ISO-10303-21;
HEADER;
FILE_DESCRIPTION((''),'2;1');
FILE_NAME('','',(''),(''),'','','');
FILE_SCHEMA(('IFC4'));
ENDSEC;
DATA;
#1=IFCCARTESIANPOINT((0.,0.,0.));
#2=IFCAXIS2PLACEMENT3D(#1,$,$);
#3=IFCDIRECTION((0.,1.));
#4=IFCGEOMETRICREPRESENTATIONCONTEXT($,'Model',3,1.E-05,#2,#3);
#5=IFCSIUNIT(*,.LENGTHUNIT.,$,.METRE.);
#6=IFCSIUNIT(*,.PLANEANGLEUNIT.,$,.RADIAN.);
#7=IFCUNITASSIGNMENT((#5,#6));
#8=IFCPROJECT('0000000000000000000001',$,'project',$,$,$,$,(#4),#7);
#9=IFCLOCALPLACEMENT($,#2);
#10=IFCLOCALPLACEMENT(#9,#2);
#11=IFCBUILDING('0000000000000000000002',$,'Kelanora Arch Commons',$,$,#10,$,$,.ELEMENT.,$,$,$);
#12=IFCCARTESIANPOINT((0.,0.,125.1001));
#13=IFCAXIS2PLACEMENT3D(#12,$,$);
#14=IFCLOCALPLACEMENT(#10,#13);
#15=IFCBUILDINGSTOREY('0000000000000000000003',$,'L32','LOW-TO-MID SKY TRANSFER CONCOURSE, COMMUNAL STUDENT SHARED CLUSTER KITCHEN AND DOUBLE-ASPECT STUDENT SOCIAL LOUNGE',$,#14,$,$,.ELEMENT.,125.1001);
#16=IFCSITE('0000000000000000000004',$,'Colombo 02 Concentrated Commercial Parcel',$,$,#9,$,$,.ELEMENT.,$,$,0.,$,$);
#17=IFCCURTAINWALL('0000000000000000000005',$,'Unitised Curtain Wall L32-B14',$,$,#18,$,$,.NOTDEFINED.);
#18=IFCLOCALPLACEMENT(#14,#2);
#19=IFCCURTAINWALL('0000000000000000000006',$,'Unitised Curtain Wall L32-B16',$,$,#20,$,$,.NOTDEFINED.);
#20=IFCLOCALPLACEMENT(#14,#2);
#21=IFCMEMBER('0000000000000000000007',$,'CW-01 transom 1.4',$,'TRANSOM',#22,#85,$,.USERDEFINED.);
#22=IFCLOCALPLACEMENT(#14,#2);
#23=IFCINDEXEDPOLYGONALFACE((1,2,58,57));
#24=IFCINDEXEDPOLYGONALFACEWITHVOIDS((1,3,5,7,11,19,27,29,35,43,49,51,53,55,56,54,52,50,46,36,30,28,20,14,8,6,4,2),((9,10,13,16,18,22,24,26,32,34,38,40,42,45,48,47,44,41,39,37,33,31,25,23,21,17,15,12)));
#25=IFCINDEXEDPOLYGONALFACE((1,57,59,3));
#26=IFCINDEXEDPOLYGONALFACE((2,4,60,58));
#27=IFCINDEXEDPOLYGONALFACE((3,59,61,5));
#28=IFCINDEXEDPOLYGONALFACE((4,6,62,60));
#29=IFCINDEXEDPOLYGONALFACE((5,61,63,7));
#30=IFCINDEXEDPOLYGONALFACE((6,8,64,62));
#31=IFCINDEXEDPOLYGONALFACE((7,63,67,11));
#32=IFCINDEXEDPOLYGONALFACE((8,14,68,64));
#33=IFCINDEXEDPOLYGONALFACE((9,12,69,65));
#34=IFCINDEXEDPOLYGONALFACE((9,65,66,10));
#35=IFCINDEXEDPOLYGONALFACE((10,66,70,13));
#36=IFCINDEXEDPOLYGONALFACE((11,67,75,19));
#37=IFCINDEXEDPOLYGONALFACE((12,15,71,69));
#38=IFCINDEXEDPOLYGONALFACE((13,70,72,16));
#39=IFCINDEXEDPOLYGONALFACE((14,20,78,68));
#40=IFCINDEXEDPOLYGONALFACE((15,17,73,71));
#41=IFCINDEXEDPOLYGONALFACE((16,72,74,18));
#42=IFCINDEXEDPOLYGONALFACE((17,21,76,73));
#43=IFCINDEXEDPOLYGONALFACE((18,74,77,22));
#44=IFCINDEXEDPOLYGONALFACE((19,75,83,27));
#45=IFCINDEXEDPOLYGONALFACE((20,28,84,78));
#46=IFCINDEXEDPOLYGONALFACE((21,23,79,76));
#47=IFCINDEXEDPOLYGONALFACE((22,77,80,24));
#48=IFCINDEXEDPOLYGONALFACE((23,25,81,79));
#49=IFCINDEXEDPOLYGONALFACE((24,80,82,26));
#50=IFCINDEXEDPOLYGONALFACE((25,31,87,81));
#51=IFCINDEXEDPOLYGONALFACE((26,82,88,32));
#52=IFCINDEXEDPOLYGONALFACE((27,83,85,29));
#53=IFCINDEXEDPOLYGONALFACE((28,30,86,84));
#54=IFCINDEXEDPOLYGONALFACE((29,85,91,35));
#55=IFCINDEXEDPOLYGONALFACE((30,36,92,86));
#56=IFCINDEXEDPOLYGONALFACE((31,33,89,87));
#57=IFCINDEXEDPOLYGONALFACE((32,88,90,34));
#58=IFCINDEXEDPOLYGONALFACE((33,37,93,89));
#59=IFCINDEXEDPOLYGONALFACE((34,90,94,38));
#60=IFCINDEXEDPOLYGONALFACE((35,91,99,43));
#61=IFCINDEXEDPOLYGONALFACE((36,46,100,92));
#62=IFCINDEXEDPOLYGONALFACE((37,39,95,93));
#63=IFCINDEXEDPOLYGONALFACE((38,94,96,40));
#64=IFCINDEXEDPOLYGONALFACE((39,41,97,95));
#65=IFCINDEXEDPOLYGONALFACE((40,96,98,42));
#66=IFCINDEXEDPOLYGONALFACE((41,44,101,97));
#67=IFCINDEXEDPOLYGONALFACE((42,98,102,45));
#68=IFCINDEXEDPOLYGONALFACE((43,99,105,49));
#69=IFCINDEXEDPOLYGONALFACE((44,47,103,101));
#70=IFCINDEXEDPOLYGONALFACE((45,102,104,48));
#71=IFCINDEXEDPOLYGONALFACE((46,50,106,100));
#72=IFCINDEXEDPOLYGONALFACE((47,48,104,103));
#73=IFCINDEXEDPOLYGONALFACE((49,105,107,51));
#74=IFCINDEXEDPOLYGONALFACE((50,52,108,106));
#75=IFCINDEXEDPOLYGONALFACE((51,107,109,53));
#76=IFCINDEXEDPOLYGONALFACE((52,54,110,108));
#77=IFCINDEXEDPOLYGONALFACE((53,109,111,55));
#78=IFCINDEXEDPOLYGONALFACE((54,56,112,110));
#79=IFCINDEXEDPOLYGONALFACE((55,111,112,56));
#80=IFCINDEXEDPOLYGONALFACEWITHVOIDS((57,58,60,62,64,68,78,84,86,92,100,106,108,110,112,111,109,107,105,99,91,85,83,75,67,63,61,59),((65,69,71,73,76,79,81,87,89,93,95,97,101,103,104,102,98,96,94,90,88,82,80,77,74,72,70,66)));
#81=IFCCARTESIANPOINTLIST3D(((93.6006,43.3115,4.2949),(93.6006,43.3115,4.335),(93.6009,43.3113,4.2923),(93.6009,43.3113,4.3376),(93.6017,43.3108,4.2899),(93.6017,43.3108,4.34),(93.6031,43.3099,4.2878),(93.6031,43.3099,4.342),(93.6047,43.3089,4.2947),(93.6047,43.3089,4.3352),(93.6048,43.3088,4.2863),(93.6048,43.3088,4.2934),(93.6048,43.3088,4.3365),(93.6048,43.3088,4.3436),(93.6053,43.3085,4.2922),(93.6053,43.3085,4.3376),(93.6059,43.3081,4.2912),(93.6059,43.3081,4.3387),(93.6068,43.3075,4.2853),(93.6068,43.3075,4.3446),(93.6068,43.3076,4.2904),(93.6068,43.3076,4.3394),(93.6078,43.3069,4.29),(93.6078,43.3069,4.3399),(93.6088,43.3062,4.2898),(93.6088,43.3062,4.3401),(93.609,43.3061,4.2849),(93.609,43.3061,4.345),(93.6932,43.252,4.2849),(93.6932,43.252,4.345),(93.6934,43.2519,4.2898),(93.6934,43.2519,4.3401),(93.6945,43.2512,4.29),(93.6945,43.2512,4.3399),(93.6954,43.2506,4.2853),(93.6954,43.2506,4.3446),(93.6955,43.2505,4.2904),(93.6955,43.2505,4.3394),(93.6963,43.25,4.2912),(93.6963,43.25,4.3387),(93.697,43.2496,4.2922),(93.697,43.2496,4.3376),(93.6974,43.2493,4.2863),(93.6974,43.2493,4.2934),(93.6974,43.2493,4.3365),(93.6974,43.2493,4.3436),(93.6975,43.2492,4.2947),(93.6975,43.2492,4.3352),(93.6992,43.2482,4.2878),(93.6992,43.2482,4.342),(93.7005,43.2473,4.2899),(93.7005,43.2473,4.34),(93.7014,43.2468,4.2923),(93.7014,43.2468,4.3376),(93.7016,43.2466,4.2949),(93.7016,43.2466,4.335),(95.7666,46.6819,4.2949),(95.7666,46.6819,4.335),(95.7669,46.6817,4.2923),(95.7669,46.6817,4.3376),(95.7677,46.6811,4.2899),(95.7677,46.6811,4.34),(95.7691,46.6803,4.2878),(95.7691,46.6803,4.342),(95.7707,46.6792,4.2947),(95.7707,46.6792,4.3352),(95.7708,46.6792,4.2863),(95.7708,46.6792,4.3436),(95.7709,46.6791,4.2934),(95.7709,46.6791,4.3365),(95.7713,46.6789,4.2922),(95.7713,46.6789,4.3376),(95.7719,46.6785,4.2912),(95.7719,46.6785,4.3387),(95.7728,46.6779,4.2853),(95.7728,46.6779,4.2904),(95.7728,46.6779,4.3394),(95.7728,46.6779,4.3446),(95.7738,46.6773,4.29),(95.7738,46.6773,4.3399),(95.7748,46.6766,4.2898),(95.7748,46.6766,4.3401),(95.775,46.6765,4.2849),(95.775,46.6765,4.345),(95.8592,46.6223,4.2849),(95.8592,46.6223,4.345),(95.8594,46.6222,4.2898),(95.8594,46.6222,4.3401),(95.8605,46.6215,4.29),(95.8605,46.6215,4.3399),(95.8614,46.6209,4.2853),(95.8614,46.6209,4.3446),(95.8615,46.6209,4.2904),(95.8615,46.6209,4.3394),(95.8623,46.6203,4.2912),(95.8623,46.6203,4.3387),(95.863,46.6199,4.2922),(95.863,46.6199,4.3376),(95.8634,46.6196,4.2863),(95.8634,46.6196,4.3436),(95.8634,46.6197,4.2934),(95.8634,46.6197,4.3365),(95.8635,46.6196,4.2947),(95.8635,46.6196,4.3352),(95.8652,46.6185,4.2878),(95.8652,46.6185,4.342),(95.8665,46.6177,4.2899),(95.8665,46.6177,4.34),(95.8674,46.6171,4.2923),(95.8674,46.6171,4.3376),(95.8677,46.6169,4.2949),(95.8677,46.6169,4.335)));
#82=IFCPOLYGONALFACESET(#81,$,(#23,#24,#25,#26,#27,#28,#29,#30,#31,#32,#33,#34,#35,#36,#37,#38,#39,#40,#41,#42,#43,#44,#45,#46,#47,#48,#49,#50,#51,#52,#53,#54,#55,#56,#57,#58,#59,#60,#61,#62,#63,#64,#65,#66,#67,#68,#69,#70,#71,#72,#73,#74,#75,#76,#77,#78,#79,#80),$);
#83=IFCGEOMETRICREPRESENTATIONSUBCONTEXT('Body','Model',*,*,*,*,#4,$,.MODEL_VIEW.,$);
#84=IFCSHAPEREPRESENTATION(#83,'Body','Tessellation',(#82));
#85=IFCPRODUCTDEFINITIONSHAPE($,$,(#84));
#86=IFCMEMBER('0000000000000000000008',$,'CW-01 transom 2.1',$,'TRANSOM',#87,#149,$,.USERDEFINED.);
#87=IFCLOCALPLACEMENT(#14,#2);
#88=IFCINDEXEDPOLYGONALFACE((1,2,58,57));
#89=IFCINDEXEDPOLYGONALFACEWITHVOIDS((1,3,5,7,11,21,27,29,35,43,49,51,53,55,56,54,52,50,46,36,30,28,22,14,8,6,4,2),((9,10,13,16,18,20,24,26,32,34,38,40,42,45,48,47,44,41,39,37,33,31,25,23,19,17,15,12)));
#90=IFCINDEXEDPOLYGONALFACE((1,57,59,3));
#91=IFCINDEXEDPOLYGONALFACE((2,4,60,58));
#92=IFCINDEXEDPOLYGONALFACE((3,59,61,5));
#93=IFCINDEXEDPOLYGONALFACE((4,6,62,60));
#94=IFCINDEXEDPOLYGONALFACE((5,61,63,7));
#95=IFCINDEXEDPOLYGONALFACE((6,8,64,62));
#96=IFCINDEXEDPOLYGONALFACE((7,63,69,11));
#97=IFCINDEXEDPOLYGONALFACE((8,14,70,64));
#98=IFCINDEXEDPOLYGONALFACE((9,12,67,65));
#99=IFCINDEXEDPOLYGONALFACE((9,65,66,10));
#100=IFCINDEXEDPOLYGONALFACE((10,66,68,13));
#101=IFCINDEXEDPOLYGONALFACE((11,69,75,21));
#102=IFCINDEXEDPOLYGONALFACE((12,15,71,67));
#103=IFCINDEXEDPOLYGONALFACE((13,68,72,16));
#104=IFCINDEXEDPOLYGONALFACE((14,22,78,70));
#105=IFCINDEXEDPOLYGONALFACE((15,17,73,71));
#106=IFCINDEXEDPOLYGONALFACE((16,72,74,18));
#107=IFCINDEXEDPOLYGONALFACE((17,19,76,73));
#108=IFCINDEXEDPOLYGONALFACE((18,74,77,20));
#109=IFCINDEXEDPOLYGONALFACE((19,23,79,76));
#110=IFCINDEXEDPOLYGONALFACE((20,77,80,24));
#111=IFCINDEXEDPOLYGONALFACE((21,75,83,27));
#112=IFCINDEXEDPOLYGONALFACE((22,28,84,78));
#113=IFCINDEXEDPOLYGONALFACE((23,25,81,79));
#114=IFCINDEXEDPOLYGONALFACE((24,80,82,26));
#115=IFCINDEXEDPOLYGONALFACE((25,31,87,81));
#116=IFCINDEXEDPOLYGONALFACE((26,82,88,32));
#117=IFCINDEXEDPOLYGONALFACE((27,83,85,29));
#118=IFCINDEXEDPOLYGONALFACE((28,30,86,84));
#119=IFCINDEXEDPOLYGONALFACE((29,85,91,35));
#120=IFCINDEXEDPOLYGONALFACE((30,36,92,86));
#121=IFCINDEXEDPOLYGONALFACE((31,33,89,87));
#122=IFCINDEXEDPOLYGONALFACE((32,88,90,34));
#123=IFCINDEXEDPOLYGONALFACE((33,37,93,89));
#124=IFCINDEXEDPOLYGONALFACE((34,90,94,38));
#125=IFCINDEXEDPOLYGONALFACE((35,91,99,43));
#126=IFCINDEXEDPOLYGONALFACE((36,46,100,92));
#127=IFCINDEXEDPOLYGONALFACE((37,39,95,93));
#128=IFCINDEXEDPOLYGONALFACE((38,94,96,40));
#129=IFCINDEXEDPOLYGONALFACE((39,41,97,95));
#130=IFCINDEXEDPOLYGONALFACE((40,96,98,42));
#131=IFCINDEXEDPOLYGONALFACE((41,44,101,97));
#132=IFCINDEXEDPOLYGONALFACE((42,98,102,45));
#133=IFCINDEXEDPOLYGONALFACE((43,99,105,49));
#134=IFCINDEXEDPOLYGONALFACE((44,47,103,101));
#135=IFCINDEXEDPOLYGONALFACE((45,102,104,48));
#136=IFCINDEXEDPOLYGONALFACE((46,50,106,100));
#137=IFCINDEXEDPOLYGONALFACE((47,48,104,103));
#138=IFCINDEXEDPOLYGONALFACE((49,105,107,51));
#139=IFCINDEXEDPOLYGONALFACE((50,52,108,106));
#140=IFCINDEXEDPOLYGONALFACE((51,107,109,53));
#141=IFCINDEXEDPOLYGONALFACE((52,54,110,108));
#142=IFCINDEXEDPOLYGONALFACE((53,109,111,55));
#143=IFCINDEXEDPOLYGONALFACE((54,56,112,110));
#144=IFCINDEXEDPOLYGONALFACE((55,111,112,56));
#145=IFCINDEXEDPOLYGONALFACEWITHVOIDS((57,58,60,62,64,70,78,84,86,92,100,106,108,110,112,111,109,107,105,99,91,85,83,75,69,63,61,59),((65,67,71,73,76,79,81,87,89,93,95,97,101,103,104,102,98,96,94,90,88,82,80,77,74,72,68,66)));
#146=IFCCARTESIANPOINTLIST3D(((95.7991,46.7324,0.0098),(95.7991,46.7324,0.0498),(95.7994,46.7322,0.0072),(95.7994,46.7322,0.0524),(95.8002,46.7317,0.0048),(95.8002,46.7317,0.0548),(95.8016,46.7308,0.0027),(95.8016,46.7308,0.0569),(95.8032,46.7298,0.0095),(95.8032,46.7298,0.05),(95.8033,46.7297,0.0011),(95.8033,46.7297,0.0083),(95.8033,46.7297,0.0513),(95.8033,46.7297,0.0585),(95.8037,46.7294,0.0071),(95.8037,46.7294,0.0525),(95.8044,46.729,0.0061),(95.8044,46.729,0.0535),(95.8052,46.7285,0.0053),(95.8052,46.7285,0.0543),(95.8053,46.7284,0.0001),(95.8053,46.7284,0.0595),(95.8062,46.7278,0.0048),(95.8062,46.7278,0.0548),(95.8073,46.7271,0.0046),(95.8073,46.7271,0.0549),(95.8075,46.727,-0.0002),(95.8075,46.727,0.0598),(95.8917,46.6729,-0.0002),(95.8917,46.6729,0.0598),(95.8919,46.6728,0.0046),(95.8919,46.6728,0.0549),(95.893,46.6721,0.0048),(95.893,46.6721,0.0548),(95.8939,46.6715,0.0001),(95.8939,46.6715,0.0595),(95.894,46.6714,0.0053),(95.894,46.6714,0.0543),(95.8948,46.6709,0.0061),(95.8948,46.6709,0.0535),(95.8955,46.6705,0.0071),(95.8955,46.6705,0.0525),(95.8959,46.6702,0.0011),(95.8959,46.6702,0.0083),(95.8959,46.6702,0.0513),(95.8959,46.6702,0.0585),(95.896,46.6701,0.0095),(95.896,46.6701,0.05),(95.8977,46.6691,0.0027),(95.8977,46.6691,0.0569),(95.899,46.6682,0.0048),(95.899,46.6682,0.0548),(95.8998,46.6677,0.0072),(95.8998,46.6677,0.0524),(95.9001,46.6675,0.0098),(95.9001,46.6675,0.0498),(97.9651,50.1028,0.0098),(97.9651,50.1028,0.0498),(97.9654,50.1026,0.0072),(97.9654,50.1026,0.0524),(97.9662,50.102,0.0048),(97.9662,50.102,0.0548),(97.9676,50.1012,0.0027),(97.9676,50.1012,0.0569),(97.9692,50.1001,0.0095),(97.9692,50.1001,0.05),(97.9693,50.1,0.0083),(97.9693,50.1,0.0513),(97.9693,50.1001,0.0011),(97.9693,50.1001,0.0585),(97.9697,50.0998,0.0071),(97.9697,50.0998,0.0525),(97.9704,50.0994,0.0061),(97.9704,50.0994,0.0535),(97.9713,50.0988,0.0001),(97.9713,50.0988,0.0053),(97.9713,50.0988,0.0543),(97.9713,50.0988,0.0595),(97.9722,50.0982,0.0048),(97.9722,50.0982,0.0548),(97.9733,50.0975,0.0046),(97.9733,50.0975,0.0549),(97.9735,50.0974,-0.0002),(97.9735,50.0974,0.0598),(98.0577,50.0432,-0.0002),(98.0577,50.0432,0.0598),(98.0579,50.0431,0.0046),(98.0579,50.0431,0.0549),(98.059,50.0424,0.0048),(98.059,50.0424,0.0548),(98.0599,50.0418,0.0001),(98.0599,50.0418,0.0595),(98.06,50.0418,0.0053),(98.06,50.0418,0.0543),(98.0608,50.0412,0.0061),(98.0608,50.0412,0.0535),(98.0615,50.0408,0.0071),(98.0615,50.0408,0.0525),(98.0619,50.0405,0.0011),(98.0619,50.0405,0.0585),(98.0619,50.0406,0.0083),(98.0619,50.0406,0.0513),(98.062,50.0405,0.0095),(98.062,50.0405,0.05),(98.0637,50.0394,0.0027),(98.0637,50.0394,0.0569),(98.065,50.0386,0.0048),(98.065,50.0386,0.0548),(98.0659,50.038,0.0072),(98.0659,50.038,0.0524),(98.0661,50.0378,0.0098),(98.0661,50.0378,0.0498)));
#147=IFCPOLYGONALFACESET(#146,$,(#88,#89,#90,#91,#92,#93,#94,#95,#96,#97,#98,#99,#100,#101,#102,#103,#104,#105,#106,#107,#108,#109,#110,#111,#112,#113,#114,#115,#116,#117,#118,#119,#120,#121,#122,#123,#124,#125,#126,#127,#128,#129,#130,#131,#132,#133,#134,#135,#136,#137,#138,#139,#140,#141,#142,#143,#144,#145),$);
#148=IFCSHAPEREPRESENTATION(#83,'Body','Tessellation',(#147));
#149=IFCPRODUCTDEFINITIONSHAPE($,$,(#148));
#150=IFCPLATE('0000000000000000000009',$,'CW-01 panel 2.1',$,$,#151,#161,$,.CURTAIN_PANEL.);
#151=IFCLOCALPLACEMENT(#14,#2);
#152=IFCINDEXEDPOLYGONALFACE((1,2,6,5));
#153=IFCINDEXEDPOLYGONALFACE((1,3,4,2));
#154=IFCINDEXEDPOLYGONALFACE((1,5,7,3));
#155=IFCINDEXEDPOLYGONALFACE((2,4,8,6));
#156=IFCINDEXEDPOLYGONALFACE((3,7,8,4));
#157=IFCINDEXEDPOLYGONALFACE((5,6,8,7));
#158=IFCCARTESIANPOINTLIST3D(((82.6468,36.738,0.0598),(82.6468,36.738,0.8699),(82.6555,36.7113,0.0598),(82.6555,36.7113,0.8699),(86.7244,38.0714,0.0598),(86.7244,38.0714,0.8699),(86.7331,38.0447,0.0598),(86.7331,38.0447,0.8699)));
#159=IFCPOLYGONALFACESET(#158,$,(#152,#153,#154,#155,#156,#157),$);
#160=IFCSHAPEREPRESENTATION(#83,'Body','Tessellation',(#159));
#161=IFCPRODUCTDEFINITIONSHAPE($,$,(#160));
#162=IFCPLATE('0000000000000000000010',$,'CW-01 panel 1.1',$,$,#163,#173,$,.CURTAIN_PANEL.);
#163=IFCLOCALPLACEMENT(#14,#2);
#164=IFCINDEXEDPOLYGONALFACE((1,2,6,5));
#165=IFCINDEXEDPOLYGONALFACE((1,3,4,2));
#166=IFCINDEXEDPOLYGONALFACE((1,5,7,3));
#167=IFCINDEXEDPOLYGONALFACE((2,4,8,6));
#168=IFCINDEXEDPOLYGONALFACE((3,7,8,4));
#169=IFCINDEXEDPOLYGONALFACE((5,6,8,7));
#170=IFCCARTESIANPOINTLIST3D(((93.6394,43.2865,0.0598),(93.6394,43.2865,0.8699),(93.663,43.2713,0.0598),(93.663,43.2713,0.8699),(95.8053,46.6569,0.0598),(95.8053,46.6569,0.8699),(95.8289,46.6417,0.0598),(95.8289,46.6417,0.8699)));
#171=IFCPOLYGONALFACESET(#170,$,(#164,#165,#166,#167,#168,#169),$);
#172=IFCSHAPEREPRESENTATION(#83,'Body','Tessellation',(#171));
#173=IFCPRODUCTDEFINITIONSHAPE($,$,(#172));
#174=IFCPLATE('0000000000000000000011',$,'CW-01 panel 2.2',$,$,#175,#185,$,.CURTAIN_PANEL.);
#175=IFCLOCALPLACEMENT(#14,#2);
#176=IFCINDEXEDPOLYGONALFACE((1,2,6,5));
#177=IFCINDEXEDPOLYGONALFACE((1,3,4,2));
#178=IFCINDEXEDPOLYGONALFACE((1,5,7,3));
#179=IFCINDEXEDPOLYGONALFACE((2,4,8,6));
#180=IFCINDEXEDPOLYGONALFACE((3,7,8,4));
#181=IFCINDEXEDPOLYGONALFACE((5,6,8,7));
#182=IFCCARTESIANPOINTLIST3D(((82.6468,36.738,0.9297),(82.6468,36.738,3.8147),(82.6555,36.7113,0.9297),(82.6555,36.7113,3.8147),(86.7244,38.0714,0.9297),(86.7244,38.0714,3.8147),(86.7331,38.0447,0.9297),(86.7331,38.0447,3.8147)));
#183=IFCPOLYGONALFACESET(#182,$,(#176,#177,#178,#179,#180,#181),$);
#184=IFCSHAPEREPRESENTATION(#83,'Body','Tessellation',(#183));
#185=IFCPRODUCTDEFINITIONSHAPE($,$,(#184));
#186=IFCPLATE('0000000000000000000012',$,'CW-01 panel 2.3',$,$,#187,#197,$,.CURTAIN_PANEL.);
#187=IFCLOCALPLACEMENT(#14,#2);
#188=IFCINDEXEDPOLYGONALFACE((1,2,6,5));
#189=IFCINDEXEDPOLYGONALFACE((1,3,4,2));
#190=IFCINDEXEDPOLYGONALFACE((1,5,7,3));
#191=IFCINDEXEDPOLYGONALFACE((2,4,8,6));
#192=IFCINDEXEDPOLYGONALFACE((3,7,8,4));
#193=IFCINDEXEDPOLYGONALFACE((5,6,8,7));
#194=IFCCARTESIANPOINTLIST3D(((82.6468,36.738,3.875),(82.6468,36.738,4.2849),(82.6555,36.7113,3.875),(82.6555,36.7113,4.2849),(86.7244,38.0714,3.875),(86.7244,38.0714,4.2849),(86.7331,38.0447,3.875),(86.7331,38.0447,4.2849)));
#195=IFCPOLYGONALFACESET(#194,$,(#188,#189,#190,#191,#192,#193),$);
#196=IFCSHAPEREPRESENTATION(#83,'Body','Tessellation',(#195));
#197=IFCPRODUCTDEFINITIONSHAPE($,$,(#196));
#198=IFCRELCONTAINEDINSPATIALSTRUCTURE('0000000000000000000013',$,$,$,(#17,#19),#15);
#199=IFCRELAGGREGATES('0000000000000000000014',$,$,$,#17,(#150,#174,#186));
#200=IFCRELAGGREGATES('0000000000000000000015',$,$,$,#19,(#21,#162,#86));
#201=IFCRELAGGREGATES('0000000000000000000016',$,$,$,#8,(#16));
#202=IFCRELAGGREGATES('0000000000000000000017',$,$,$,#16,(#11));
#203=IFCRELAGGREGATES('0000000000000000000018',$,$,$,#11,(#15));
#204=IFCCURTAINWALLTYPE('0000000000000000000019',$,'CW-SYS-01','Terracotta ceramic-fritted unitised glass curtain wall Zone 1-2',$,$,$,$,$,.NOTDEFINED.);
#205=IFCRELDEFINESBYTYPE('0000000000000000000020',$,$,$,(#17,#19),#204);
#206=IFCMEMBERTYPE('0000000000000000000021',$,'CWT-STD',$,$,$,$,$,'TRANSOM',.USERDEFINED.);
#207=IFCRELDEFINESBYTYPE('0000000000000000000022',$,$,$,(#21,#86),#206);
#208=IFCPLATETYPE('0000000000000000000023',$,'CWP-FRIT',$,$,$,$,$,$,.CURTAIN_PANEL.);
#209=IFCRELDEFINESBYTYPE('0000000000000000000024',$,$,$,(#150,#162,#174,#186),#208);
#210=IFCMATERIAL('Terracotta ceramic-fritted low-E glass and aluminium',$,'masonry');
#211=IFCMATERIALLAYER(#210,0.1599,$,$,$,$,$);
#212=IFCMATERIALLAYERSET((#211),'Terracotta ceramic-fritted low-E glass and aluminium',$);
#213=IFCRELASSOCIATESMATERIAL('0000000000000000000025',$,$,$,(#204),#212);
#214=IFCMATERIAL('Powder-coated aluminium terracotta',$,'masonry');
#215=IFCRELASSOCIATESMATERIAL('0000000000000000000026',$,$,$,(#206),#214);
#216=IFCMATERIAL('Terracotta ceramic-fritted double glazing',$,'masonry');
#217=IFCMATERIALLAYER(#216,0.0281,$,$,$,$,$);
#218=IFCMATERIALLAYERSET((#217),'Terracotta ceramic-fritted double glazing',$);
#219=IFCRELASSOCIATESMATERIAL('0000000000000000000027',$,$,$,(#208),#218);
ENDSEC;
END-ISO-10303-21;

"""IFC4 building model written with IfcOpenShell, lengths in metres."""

from ifc_helpers import new_model, si_unit, direction, frame, origin, origin_2d, place, context, subcontext, project, spatial, rectangle, hollow_rectangle, extrude, source, transform, mapped, material, layer, layer_set, material_profile, profile_set, type_object, element, aggregate, save


model = new_model("IFC4")

# Units and contexts
model_context = context("Model", 3, precision=1e-05, world=origin(), true_north=direction((0.0, 1.0)))
body_context = subcontext(model_context, "Body", "Model", "MODEL_VIEW")
ifc_project = project(units=[si_unit("LENGTHUNIT", "METRE"), si_unit("PLANEANGLEUNIT", "RADIAN")], contexts=[model_context])

# Site, building, storey
site_placement = place(None, origin())
site = spatial("IfcSite", under=ifc_project, at=site_placement, Name="Colombo 02 Concentrated Commercial Parcel", CompositionType="ELEMENT", RefElevation=0.0)
building_placement = place(site_placement, origin())
building = spatial("IfcBuilding", under=site, at=building_placement, Name="Kelanora Arch Commons", CompositionType="ELEMENT")
storey_placement = place(building_placement, frame((0.0, 0.0, 125.1001)))
storey = spatial("IfcBuildingStorey", under=building, at=storey_placement, Name="L32", Description="LOW-TO-MID SKY TRANSFER CONCOURSE, COMMUNAL STUDENT SHARED CLUSTER KITCHEN AND DOUBLE-ASPECT STUDENT SOCIAL LOUNGE", CompositionType="ELEMENT", Elevation=125.1001)

# Curtain wall
ifc_material_1 = material(Name="Terracotta ceramic-fritted low-E glass and aluminium", Category="masonry")
ifc_layer_1 = layer(ifc_material_1, 0.1599)
ifc_layer_set_1 = layer_set([ifc_layer_1], Name="Terracotta ceramic-fritted low-E glass and aluminium")
curtain_wall_type = type_object("IfcCurtainWallType", Name="CW-SYS-01", Description="Terracotta ceramic-fritted unitised glass curtain wall Zone 1-2", PredefinedType="NOTDEFINED", material=ifc_layer_set_1)
curtain_wall_1_placement = place(storey_placement, origin())
curtain_wall_1 = element("IfcCurtainWall", 1, at=curtain_wall_1_placement, inside=storey, type_object=curtain_wall_type, Name="Unitised Curtain Wall L32-B14", PredefinedType="NOTDEFINED")
ifc_material_2 = material(Name="Powder-coated aluminium terracotta", Category="masonry")

# Curtain wall, members
curtain_wall_2_placement = place(storey_placement, origin())
curtain_wall_2 = element("IfcCurtainWall", 2, at=curtain_wall_2_placement, inside=storey, type_object=curtain_wall_type, Name="Unitised Curtain Wall L32-B16", PredefinedType="NOTDEFINED")
ifc_material_profile_1 = material_profile(ifc_material_2, hollow_rectangle(XDim=0.1201, YDim=0.0601, WallThickness=0.0049, InnerFilletRadius=0.0049, OuterFilletRadius=0.01, at=origin_2d()), Name="CWT120x60")
ifc_profile_set_1 = profile_set([ifc_material_profile_1], Name="Powder-coated aluminium terracotta")
member_type_1 = type_object("IfcMemberType", Name="CWT-STD", ElementType="TRANSOM", PredefinedType="USERDEFINED", material=ifc_profile_set_1)
member_1_placement = place(storey_placement, frame((93.6511, 43.2791, 4.3149), z_axis=(0.540644, 0.841252, 0.0), x_axis=(-0.841252, 0.540644, 0.0)))
member_1 = element("IfcMember", 3, at=member_1_placement, type_object=member_type_1, Name="CW-01 transom 1.4", ObjectType="TRANSOM", PredefinedType="USERDEFINED", context=body_context, shape_type="SweptSolid", body=[
    extrude(hollow_rectangle(XDim=0.1201, YDim=0.0601, WallThickness=0.0049, InnerFilletRadius=0.0049, OuterFilletRadius=0.01, at=origin_2d()), origin(), (0.0, 0.0, 1.0), 4.0063),
])
member_2_placement = place(storey_placement, frame((95.8496, 46.7, 0.0298), z_axis=(0.540644, 0.841252, 0.0), x_axis=(-0.841252, 0.540644, 0.0)))
member_2 = element("IfcMember", 4, at=member_2_placement, type_object=member_type_1, Name="CW-01 transom 2.1", ObjectType="TRANSOM", PredefinedType="USERDEFINED", context=body_context, shape_type="SweptSolid", body=[
    extrude(hollow_rectangle(XDim=0.1201, YDim=0.0601, WallThickness=0.0049, InnerFilletRadius=0.0049, OuterFilletRadius=0.01, at=origin_2d()), origin(), (0.0, 0.0, 1.0), 4.0063),
])

# Plates
ifc_material_3 = material(Name="Terracotta ceramic-fritted double glazing", Category="masonry")
ifc_layer_2 = layer(ifc_material_3, 0.0281)
ifc_layer_set_2 = layer_set([ifc_layer_2], Name="Terracotta ceramic-fritted double glazing")
plate_type = type_object("IfcPlateType", Name="CWP-FRIT", PredefinedType="CURTAIN_PANEL", material=ifc_layer_set_2)
shared_shape_1 = source(origin(), body_context, "Body", "SweptSolid", [
    extrude(rectangle(XDim=4.29, YDim=0.0281, at=origin_2d()), origin(), (0.0, 0.0, 1.0), 0.8101),
])
plate_1_placement = place(storey_placement, frame((84.6899, 37.3914, 0.0598), z_axis=(0.0, 0.0, 1.0), x_axis=(0.950474, 0.310805, 0.0)))
plate_1 = element("IfcPlate", 5, at=plate_1_placement, type_object=plate_type, Name="CW-01 panel 2.1", PredefinedType="CURTAIN_PANEL", context=body_context, shape_type="MappedRepresentation", body=[
    mapped(shared_shape_1, transform((0.0, 0.0, 0.0), scale=1.0)),
])
shared_shape_2 = source(origin(), body_context, "Body", "SweptSolid", [
    extrude(rectangle(XDim=4.0063, YDim=0.0281, at=origin_2d()), origin(), (0.0, 0.0, 1.0), 0.8101),
])
plate_2_placement = place(storey_placement, frame((94.7341, 44.9641, 0.0598), z_axis=(0.0, 0.0, 1.0), x_axis=(0.540617, 0.841269, 0.0)))
plate_2 = element("IfcPlate", 6, at=plate_2_placement, type_object=plate_type, Name="CW-01 panel 1.1", PredefinedType="CURTAIN_PANEL", context=body_context, shape_type="MappedRepresentation", body=[
    mapped(shared_shape_2, transform((0.0, 0.0, 0.0), scale=1.0)),
])
shared_shape_3 = source(origin(), body_context, "Body", "SweptSolid", [
    extrude(rectangle(XDim=4.29, YDim=0.0281, at=origin_2d()), origin(), (0.0, 0.0, 1.0), 2.885),
])
plate_3_placement = place(storey_placement, frame((84.6899, 37.3914, 0.9297), z_axis=(0.0, 0.0, 1.0), x_axis=(0.950474, 0.310805, 0.0)))
plate_3 = element("IfcPlate", 7, at=plate_3_placement, type_object=plate_type, Name="CW-01 panel 2.2", PredefinedType="CURTAIN_PANEL", context=body_context, shape_type="MappedRepresentation", body=[
    mapped(shared_shape_3, transform((0.0, 0.0, 0.0), scale=1.0)),
])
shared_shape_4 = source(origin(), body_context, "Body", "SweptSolid", [
    extrude(rectangle(XDim=4.29, YDim=0.0281, at=origin_2d()), origin(), (0.0, 0.0, 1.0), 0.4099),
])
plate_4_placement = place(storey_placement, frame((84.6899, 37.3914, 3.875), z_axis=(0.0, 0.0, 1.0), x_axis=(0.950474, 0.310805, 0.0)))
plate_4 = element("IfcPlate", 8, at=plate_4_placement, type_object=plate_type, Name="CW-01 panel 2.3", PredefinedType="CURTAIN_PANEL", context=body_context, shape_type="MappedRepresentation", body=[
    mapped(shared_shape_4, transform((0.0, 0.0, 0.0), scale=1.0)),
])
aggregate(curtain_wall_1, [plate_1, plate_3, plate_4])
aggregate(curtain_wall_2, [member_1, plate_2, member_2])

save(model, "model.ifc")
